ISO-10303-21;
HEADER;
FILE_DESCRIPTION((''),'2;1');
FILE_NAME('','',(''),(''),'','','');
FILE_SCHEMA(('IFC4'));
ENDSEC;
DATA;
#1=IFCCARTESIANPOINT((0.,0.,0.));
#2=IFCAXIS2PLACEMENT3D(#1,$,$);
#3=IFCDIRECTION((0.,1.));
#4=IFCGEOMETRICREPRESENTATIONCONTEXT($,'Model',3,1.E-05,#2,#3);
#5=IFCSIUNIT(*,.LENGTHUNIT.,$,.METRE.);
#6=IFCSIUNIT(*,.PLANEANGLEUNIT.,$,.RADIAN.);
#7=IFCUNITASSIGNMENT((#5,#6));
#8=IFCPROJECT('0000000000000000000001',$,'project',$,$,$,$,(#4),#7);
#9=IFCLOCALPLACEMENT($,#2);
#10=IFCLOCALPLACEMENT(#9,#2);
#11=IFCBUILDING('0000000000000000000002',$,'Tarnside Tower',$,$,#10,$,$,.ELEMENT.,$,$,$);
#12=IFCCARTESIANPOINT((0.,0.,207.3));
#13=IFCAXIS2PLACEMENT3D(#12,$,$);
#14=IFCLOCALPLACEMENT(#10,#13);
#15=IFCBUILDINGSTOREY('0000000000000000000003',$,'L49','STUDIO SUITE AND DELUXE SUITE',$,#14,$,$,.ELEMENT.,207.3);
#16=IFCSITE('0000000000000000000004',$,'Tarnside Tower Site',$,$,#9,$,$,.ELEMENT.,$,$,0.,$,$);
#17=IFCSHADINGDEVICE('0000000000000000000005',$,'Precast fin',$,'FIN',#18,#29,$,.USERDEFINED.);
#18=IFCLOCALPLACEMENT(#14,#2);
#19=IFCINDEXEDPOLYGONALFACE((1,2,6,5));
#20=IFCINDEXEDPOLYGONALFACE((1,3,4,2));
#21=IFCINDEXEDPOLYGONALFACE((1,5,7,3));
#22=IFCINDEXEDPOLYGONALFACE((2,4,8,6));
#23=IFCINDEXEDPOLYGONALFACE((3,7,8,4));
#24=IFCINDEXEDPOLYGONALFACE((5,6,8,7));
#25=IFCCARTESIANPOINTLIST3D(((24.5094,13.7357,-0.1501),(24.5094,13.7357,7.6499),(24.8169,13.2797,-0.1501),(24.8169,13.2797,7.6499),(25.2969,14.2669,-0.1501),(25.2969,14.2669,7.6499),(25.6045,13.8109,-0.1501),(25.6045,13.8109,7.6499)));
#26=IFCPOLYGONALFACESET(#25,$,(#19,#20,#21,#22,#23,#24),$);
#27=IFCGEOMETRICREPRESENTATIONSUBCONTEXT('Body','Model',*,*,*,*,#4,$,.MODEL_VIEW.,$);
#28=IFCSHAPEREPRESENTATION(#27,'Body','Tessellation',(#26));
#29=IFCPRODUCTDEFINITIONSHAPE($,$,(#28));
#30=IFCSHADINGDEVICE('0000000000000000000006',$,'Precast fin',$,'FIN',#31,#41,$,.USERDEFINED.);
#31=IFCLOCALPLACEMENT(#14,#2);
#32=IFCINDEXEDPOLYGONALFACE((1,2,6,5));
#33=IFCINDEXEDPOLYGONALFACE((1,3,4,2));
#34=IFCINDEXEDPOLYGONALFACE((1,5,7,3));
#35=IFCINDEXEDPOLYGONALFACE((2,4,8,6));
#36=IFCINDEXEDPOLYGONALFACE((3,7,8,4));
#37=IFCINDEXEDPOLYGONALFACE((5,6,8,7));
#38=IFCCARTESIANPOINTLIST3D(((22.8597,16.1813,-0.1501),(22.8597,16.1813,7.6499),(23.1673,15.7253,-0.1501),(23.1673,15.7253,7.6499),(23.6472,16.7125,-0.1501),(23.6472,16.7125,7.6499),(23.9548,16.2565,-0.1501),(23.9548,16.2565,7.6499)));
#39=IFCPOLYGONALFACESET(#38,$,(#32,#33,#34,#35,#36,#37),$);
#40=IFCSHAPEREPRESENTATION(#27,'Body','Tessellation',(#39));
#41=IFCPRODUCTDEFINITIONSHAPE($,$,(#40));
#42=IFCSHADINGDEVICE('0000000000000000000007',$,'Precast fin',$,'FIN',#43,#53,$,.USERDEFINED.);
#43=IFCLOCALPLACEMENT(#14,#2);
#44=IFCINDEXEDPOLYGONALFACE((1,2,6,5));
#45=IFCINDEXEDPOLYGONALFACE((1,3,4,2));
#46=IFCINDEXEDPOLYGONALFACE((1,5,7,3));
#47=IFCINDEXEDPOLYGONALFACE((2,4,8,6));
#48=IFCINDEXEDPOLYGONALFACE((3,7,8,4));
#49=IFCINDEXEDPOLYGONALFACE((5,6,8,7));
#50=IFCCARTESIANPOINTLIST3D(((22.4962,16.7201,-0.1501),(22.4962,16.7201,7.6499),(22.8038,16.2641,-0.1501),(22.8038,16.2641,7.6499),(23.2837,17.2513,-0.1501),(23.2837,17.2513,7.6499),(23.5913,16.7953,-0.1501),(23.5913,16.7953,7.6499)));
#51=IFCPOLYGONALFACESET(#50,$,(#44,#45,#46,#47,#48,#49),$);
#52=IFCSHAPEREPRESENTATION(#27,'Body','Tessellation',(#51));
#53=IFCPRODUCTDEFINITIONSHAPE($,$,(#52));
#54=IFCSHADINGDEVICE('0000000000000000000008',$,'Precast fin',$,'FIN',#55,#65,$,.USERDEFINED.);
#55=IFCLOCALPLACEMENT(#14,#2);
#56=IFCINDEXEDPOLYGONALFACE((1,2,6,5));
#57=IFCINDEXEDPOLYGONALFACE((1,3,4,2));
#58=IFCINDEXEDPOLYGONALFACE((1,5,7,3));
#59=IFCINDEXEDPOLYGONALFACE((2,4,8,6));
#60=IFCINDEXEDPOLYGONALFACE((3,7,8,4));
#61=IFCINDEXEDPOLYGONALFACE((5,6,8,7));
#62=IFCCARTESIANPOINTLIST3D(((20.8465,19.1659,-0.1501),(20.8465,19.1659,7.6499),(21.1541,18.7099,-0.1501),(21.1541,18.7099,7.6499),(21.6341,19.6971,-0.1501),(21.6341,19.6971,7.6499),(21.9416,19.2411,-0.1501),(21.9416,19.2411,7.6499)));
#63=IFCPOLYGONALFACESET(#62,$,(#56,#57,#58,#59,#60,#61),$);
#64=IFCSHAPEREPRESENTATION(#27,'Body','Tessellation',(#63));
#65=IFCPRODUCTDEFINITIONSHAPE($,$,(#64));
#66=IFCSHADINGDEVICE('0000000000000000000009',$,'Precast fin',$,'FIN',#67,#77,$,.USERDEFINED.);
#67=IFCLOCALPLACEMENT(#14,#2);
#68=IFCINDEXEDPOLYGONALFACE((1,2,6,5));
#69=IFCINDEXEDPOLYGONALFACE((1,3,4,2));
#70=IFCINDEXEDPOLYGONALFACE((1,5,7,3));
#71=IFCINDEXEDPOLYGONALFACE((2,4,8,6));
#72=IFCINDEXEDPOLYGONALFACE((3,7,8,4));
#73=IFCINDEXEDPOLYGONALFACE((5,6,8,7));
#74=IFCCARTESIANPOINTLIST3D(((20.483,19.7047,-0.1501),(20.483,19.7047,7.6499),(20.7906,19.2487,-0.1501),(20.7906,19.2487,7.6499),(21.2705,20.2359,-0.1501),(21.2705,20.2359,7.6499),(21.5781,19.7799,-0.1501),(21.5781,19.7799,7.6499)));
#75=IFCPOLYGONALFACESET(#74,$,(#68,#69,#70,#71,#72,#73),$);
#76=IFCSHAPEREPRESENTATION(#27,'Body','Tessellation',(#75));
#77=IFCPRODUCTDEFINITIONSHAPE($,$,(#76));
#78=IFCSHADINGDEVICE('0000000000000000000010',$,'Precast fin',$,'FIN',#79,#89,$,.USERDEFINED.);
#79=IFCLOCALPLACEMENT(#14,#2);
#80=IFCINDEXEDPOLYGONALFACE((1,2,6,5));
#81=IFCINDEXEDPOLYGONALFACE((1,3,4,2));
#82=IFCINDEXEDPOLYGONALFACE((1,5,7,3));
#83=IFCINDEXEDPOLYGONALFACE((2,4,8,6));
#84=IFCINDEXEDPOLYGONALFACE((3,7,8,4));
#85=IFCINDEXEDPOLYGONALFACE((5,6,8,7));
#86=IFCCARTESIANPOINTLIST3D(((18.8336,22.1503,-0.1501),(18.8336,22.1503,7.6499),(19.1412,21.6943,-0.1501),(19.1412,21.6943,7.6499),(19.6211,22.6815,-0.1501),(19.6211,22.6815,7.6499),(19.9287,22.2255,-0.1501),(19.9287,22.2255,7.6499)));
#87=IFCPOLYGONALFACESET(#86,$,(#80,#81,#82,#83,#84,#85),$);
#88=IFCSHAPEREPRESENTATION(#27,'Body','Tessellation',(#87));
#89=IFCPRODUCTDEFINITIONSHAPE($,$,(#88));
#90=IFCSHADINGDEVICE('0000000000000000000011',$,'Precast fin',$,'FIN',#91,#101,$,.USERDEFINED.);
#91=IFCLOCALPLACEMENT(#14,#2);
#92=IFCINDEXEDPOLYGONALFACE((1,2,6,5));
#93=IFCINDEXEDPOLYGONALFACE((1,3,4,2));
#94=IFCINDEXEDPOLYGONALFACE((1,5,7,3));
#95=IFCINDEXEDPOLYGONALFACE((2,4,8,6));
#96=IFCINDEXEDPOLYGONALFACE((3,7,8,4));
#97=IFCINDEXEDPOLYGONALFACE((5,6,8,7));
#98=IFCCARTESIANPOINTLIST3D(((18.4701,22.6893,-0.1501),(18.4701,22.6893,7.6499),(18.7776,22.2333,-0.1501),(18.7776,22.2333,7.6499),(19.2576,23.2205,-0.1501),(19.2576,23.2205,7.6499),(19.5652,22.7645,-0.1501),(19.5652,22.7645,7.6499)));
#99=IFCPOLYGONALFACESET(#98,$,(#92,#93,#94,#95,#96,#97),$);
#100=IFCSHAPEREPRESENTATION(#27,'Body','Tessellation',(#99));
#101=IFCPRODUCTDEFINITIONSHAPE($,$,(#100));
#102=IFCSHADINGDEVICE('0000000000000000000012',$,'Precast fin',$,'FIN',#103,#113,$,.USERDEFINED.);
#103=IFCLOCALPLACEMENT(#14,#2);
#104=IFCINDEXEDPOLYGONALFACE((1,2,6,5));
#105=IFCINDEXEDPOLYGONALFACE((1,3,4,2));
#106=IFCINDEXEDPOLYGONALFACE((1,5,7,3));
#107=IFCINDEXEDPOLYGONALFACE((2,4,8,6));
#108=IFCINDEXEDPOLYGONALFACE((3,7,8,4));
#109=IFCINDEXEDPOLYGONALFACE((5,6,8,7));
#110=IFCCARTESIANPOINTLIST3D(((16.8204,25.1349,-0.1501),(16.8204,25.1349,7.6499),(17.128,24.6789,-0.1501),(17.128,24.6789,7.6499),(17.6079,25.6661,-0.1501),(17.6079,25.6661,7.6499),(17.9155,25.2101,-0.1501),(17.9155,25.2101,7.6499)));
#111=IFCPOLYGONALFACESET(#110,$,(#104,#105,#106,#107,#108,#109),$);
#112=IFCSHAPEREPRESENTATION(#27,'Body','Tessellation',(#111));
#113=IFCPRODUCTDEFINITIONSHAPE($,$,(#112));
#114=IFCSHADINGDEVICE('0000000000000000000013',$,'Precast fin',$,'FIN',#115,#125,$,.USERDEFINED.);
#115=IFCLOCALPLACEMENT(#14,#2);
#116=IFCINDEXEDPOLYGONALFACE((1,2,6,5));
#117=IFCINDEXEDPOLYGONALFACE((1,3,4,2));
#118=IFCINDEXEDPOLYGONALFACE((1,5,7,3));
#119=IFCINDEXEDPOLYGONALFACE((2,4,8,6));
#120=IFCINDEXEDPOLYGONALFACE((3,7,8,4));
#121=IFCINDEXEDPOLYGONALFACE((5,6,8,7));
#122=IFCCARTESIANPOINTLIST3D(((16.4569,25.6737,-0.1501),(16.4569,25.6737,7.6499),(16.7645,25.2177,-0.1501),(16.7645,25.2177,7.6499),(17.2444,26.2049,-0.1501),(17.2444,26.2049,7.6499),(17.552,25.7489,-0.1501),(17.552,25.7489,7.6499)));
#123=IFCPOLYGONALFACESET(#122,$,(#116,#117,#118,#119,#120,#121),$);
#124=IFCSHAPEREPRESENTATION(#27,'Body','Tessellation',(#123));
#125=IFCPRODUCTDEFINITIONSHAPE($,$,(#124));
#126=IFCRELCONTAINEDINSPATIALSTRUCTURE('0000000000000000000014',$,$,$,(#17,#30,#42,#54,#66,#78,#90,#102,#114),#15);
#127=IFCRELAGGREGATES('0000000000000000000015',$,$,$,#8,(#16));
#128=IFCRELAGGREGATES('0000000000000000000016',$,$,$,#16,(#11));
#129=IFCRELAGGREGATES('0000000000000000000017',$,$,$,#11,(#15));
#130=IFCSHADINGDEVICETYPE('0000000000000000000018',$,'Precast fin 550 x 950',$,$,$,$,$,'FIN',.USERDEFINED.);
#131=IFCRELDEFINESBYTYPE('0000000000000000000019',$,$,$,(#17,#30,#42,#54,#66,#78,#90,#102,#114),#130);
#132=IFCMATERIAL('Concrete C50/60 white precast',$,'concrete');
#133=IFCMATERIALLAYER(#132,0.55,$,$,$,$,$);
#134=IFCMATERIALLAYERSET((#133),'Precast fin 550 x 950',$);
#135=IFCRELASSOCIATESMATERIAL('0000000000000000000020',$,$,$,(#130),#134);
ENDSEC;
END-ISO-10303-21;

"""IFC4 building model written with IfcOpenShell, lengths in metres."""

from ifc_helpers import new_model, si_unit, direction, frame, origin, place, context, subcontext, project, spatial, polyline, outline, extrude, material, layer, layer_set, type_object, element, save


model = new_model("IFC4")

# Units and contexts
model_context = context("Model", 3, precision=1e-05, world=origin(), true_north=direction((0.0, 1.0)))
body_context = subcontext(model_context, "Body", "Model", "MODEL_VIEW")
ifc_project = project(units=[si_unit("LENGTHUNIT", "METRE"), si_unit("PLANEANGLEUNIT", "RADIAN")], contexts=[model_context])

# Site, building, storey
site_placement = place(None, origin())
site = spatial("IfcSite", under=ifc_project, at=site_placement, Name="Tarnside Tower Site", CompositionType="ELEMENT", RefElevation=0.0)
building_placement = place(site_placement, origin())
building = spatial("IfcBuilding", under=site, at=building_placement, Name="Tarnside Tower", CompositionType="ELEMENT")
storey_placement = place(building_placement, frame((0.0, 0.0, 207.3)))
storey = spatial("IfcBuildingStorey", under=building, at=storey_placement, Name="L49", Description="STUDIO SUITE AND DELUXE SUITE", CompositionType="ELEMENT", Elevation=207.3)

# Shading devices
ifc_material_1 = material(Name="Concrete C50/60 white precast", Category="concrete")
ifc_layer_1 = layer(ifc_material_1, 0.55)
ifc_layer_set_1 = layer_set([ifc_layer_1], Name="Precast fin 550 x 950")
shading_device_type_1 = type_object("IfcShadingDeviceType", Name="Precast fin 550 x 950", ElementType="FIN", PredefinedType="USERDEFINED", material=ifc_layer_set_1)
for number, where, z_axis, x_axis, name in (
    (1, (24.6631, 13.5078, -0.1501), (0.559193, -0.829038, 0.0), (0.829038, 0.559193, 0.0), "Precast fin"),
    (2, (23.0134, 15.9534, -0.1501), (0.559193, -0.829038, 0.0), (0.829038, 0.559193, 0.0), "Precast fin"),
    (3, (22.6499, 16.4922, -0.1501), (0.559193, -0.829038, 0.0), (0.829038, 0.559193, 0.0), "Precast fin"),
    (4, (21.0002, 18.938, -0.1501), (0.559193, -0.829038, 0.0), (0.829038, 0.559193, 0.0), "Precast fin"),
    (5, (20.6367, 19.4768, -0.1501), (0.559193, -0.829038, 0.0), (0.829038, 0.559193, 0.0), "Precast fin"),
    (6, (18.9873, 21.9224, -0.1501), (0.559193, -0.829038, 0.0), (0.829038, 0.559193, 0.0), "Precast fin"),
    (7, (18.6238, 22.4614, -0.1501), (0.559193, -0.829038, 0.0), (0.829038, 0.559193, 0.0), "Precast fin"),
    (8, (16.9741, 24.907, -0.1501), (0.559193, -0.829038, 0.0), (0.829038, 0.559193, 0.0), "Precast fin"),
    (9, (16.6106, 25.4458, -0.1501), (0.559193, -0.829038, 0.0), (0.829038, 0.559193, 0.0), "Precast fin"),
):
    element("IfcShadingDevice", number, at=place(storey_placement, frame(where, z_axis=z_axis, x_axis=x_axis)), inside=storey, type_object=shading_device_type_1, Name=name, ObjectType="FIN", PredefinedType="USERDEFINED", context=body_context, shape_type="SweptSolid", body=[
        extrude(outline(polyline([(0.0, 0.0), (0.95, 0.0), (0.95, 7.8), (0.0, 7.8), (0.0, 0.0)])), frame((0.0, 0.0, -0.2749)), (0.0, 0.0, 1.0), 0.55),
    ])

save(model, "model.ifc")
